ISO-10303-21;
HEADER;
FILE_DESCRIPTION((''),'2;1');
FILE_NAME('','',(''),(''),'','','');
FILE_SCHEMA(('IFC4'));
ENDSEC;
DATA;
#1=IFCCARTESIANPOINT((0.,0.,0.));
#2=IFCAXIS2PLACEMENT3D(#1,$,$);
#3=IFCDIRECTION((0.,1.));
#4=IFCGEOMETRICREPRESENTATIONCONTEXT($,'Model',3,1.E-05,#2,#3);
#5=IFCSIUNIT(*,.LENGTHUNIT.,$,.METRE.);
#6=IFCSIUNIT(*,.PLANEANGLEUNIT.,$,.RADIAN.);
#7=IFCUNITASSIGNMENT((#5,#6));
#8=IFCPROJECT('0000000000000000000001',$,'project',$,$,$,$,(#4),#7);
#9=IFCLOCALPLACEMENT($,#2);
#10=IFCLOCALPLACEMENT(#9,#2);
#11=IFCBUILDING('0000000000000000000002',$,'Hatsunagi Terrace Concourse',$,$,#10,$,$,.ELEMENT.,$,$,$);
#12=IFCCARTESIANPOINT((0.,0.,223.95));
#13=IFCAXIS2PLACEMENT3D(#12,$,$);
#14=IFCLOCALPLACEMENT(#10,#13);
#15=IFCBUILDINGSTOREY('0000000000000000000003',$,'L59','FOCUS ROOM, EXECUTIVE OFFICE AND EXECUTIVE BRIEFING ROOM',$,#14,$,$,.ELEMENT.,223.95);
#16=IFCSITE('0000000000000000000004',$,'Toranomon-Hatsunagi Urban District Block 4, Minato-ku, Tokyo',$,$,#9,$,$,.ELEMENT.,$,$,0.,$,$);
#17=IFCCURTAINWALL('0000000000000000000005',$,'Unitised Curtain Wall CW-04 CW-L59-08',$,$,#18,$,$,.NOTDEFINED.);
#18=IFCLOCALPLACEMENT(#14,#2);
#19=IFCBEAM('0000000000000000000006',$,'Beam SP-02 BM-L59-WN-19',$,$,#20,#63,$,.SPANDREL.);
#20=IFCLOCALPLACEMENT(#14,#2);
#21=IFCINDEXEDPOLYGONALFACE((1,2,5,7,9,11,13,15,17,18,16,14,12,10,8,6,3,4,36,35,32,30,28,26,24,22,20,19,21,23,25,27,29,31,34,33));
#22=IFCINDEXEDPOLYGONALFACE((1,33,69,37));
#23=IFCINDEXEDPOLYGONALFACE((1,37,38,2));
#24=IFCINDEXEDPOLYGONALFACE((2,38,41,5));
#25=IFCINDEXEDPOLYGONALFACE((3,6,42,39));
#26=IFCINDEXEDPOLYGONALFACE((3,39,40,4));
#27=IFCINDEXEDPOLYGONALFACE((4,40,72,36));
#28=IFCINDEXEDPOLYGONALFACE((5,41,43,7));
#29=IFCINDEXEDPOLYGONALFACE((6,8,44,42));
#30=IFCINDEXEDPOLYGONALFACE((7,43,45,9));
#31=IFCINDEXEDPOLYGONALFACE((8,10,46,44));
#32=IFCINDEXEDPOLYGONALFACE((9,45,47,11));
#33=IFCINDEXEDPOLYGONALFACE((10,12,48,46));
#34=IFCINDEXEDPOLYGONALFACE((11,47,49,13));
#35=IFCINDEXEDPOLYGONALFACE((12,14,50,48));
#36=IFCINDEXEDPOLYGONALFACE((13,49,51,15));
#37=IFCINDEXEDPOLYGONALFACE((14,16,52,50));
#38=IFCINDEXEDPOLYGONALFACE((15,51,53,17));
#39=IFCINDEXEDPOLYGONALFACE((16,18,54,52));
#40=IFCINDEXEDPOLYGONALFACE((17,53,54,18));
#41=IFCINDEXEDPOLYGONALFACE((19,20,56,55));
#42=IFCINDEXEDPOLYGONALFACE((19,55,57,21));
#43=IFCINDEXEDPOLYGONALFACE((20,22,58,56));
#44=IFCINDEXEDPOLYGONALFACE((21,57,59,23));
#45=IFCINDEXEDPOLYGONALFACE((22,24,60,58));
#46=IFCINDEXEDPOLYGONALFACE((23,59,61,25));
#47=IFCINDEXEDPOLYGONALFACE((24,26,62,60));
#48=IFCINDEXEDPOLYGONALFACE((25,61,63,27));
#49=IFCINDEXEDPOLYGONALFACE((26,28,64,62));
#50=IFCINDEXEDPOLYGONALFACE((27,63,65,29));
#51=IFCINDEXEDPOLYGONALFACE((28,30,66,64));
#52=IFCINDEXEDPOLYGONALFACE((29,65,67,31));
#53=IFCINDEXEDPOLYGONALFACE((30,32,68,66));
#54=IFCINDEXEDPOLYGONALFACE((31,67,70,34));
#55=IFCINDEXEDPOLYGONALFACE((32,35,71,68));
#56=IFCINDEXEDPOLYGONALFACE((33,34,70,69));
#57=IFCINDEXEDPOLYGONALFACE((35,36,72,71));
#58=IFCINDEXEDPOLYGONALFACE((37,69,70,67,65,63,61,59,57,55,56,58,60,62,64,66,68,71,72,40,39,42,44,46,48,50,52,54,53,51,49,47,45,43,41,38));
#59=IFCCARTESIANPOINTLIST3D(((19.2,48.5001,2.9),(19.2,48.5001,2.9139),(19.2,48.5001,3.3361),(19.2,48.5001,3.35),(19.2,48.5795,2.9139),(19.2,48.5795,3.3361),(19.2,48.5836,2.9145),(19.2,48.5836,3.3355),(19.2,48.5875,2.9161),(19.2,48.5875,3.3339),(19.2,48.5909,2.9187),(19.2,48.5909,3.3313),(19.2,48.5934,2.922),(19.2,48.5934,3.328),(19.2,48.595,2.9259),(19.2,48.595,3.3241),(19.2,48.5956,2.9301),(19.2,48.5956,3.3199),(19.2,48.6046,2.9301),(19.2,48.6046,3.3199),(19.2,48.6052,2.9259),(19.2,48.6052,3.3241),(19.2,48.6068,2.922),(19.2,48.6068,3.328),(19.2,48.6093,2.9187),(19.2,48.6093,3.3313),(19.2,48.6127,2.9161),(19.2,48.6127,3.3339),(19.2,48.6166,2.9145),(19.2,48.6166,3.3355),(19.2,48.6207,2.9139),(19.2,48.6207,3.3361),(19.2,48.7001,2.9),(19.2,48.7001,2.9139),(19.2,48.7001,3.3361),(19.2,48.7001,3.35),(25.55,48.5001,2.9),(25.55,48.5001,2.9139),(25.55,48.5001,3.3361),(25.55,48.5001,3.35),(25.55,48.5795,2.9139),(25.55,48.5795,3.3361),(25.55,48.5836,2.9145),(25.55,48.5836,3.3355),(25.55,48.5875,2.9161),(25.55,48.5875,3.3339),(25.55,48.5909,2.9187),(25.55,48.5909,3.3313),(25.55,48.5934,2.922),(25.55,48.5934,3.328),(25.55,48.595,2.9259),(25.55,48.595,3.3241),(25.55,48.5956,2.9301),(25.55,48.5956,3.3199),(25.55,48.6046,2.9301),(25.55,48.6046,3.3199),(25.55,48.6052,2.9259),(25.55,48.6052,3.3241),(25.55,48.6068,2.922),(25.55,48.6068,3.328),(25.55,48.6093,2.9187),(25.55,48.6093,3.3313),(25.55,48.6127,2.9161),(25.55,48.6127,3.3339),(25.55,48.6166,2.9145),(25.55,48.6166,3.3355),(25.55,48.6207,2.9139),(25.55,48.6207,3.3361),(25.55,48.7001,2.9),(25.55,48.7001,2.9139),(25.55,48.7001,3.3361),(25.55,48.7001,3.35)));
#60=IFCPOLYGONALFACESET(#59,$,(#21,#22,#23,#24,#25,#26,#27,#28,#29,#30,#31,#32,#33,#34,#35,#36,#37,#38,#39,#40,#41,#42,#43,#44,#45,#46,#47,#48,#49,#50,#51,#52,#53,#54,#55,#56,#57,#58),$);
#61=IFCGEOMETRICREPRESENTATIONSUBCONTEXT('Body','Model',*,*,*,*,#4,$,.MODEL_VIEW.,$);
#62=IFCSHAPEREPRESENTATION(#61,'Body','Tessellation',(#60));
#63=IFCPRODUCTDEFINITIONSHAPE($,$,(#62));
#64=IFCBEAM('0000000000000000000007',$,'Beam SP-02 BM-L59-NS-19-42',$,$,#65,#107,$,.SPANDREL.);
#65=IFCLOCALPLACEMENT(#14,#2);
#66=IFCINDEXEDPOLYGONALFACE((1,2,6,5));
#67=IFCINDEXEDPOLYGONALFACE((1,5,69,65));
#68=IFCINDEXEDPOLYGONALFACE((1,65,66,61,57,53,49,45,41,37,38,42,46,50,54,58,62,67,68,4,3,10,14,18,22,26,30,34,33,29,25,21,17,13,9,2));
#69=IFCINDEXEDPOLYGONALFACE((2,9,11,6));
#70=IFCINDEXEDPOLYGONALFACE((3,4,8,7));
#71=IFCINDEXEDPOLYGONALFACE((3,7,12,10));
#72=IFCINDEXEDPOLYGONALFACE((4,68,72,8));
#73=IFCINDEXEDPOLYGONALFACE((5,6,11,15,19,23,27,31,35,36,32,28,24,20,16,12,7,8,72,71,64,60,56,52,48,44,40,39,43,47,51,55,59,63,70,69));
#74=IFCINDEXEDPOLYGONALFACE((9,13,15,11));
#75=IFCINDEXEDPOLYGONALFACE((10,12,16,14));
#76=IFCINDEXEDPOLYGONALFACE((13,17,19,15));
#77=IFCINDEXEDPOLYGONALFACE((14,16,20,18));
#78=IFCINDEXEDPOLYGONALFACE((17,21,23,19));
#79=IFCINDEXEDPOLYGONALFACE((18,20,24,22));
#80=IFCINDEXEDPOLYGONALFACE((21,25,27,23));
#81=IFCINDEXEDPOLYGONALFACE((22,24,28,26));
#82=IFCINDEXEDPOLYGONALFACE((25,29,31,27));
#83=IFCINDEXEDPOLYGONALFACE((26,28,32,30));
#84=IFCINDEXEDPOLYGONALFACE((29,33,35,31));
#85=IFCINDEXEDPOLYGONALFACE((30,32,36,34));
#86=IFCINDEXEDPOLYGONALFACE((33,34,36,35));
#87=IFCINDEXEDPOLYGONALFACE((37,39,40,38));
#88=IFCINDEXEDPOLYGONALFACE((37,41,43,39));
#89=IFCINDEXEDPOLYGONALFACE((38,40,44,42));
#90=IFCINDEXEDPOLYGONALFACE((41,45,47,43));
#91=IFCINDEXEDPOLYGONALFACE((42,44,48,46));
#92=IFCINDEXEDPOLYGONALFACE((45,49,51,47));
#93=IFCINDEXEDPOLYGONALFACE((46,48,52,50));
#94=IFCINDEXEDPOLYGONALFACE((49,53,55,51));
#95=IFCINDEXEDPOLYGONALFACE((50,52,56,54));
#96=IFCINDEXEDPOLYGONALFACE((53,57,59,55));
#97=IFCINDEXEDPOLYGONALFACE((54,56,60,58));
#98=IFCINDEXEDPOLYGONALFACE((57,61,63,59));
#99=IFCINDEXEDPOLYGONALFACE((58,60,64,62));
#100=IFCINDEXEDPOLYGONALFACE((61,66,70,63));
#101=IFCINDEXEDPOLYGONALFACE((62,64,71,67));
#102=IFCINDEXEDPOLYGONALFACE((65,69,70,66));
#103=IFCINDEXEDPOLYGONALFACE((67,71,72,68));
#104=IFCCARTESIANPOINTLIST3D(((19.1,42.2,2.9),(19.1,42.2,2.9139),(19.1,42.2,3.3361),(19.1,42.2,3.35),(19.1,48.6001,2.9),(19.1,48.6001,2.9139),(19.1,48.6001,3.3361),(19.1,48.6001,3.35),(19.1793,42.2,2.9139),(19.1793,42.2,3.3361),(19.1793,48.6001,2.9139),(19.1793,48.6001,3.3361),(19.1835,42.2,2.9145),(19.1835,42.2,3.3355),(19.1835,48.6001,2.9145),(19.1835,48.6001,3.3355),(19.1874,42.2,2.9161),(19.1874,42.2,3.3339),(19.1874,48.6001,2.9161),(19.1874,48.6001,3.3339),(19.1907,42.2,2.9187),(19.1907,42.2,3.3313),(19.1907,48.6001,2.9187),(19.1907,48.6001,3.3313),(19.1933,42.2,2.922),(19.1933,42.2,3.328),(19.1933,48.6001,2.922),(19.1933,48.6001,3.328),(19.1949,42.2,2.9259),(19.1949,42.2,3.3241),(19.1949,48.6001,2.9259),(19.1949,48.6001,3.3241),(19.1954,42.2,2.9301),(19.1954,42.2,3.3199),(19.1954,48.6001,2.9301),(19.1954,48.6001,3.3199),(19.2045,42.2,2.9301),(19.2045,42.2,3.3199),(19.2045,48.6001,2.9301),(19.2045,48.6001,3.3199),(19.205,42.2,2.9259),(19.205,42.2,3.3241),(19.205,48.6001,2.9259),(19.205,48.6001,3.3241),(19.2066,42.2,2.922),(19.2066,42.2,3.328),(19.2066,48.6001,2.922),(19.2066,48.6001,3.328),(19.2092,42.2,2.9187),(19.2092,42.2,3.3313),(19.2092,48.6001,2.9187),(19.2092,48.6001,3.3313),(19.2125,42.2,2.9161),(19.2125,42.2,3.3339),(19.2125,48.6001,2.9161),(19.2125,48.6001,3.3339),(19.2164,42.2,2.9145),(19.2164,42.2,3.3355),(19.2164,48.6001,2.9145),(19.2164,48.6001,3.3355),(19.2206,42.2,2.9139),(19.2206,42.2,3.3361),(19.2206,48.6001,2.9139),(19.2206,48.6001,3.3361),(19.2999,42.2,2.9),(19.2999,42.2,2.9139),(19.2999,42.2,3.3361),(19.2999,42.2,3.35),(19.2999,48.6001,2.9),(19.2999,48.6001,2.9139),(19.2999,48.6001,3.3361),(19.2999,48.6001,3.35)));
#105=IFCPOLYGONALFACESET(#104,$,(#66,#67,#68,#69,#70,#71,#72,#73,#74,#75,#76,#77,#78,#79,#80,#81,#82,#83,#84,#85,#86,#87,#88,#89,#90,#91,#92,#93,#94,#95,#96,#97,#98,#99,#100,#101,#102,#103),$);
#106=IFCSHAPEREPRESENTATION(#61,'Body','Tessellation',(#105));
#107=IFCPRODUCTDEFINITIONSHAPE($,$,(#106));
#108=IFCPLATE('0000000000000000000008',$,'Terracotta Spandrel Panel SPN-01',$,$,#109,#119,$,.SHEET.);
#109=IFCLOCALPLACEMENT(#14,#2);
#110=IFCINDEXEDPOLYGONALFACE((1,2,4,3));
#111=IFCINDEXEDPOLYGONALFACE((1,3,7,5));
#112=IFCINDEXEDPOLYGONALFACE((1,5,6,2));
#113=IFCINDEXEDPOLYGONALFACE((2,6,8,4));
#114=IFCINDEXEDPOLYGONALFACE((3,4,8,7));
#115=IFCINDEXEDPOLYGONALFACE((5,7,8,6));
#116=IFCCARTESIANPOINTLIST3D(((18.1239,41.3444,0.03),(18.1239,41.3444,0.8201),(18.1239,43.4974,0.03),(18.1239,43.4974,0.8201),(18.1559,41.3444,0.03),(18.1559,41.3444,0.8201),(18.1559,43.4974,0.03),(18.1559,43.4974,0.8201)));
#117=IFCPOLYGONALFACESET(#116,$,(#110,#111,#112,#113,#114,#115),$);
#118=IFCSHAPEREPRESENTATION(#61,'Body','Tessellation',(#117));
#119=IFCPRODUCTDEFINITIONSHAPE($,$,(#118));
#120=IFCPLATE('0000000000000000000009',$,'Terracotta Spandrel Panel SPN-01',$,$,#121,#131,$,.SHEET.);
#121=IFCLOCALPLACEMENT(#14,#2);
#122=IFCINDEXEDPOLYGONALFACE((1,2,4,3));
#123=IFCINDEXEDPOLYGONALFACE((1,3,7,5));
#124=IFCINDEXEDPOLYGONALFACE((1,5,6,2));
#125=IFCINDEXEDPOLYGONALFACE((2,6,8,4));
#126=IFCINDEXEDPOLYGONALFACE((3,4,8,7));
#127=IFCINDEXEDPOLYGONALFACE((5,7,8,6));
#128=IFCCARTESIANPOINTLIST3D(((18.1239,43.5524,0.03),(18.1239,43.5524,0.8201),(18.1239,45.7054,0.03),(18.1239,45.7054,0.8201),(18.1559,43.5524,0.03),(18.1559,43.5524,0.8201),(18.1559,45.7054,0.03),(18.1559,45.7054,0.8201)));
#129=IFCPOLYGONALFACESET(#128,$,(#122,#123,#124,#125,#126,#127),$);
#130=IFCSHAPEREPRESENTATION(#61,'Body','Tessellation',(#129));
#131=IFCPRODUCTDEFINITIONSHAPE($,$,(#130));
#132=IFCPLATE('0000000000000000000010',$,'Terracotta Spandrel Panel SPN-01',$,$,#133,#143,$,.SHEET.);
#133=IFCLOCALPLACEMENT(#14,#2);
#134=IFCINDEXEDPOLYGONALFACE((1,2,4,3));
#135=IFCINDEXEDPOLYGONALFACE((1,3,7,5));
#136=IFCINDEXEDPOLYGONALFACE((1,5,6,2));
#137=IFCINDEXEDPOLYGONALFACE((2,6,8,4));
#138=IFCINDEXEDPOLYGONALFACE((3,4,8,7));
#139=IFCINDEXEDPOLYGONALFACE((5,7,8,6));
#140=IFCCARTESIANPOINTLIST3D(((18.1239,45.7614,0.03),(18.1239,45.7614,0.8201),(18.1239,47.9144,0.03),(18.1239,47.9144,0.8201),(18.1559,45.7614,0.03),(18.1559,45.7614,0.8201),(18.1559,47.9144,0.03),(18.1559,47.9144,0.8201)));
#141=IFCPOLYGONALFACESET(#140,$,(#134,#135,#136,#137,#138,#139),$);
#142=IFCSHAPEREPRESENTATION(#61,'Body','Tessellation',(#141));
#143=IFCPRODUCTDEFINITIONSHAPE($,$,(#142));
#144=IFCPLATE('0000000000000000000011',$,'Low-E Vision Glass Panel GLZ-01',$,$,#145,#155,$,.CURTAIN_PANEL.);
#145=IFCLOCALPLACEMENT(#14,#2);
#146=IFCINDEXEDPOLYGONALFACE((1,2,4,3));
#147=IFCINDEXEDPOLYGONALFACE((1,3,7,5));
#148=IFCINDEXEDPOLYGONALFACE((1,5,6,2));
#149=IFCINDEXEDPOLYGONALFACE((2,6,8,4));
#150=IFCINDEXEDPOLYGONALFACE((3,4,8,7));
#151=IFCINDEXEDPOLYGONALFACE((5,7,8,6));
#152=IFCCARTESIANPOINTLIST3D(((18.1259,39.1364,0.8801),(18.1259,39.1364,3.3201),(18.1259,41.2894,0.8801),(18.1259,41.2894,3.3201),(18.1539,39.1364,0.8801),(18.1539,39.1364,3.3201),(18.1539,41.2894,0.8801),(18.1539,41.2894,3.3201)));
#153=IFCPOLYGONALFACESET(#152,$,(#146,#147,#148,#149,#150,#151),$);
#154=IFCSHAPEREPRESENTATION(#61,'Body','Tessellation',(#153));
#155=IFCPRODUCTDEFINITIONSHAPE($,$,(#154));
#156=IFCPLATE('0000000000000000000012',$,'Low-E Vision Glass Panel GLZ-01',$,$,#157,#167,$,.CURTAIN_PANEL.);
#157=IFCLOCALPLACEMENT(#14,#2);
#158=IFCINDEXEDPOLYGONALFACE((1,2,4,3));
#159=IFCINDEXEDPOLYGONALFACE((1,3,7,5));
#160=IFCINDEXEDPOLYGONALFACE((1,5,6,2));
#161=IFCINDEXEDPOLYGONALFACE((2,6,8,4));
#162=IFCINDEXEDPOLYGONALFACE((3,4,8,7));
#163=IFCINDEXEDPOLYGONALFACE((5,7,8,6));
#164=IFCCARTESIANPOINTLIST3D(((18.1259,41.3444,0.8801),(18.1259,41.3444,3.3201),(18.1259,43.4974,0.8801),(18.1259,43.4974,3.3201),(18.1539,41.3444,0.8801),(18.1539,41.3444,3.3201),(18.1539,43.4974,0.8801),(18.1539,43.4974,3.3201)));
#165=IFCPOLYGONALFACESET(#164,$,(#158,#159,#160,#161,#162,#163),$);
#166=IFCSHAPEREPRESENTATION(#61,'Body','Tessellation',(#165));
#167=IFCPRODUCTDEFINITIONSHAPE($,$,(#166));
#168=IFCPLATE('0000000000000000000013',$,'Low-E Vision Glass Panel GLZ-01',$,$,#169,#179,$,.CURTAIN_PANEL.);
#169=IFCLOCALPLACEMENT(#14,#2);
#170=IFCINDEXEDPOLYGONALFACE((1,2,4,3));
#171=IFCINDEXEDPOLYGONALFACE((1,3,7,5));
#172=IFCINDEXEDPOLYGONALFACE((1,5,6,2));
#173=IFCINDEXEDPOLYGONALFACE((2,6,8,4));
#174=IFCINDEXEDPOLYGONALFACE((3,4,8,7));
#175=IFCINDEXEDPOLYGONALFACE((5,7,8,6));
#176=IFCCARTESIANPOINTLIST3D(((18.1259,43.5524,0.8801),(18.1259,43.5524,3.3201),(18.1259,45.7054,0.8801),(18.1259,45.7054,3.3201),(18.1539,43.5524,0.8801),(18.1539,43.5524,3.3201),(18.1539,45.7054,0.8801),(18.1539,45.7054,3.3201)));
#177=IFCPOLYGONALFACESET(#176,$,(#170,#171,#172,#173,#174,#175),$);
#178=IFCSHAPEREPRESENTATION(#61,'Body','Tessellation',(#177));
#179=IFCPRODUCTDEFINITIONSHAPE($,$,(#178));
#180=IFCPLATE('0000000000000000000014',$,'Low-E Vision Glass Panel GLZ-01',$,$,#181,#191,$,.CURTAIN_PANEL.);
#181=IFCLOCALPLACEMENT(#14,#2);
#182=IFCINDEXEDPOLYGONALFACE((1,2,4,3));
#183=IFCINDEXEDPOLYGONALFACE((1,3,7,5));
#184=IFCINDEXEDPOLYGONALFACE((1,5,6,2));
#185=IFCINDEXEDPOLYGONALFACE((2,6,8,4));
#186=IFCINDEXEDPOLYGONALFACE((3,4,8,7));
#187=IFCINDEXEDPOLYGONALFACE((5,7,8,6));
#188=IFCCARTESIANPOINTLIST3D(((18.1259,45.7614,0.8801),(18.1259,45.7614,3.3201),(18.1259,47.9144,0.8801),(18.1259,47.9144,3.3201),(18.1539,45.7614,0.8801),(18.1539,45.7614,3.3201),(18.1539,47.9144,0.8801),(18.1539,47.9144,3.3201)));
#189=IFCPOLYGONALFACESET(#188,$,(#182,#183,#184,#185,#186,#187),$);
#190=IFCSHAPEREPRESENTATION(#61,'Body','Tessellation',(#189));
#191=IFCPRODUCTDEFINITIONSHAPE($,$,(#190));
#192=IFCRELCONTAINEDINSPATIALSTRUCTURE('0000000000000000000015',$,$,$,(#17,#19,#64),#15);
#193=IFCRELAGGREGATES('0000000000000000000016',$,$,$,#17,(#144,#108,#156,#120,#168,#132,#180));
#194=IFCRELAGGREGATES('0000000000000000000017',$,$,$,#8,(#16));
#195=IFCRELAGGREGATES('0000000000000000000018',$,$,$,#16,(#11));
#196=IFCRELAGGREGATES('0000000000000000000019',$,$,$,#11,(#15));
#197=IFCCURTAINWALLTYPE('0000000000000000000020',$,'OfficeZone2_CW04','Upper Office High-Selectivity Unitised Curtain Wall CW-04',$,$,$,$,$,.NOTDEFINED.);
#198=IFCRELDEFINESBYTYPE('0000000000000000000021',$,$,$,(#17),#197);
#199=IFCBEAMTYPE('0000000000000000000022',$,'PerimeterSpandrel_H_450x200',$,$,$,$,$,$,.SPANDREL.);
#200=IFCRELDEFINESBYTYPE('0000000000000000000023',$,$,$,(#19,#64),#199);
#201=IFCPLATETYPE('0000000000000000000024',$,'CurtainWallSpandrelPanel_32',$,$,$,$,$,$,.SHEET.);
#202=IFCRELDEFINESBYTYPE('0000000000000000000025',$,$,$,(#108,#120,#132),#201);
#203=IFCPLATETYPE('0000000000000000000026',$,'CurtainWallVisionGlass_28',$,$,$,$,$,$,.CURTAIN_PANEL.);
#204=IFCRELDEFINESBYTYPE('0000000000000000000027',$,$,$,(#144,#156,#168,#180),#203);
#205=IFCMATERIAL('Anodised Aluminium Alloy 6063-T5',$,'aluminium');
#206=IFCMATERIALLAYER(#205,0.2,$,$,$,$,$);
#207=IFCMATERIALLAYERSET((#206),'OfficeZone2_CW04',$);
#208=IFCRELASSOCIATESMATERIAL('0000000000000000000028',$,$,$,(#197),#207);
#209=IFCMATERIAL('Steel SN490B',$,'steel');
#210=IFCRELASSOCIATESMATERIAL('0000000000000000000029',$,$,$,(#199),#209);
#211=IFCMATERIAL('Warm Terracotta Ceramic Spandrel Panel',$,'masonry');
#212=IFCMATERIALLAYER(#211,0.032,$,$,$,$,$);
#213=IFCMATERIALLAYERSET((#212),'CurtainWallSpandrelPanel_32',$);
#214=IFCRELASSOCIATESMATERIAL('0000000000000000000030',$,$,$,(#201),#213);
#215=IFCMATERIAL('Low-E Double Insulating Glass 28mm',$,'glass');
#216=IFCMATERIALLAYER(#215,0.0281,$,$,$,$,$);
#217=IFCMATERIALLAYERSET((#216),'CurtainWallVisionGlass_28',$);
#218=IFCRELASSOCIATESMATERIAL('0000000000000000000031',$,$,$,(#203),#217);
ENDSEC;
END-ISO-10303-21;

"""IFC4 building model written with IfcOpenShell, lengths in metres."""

from ifc_helpers import new_model, si_unit, direction, frame, origin, origin_2d, place, context, subcontext, project, spatial, rectangle, i_section, extrude, material, layer, layer_set, material_profile, profile_set, type_object, element, aggregate, save


model = new_model("IFC4")

# Units and contexts
model_context = context("Model", 3, precision=1e-05, world=origin(), true_north=direction((0.0, 1.0)))
body_context = subcontext(model_context, "Body", "Model", "MODEL_VIEW")
ifc_project = project(units=[si_unit("LENGTHUNIT", "METRE"), si_unit("PLANEANGLEUNIT", "RADIAN")], contexts=[model_context])

# Site, building, storey
site_placement = place(None, origin())
site = spatial("IfcSite", under=ifc_project, at=site_placement, Name="Toranomon-Hatsunagi Urban District Block 4, Minato-ku, Tokyo", CompositionType="ELEMENT", RefElevation=0.0)
building_placement = place(site_placement, origin())
building = spatial("IfcBuilding", under=site, at=building_placement, Name="Hatsunagi Terrace Concourse", CompositionType="ELEMENT")
storey_placement = place(building_placement, frame((0.0, 0.0, 223.95)))
storey = spatial("IfcBuildingStorey", under=building, at=storey_placement, Name="L59", Description="FOCUS ROOM, EXECUTIVE OFFICE AND EXECUTIVE BRIEFING ROOM", CompositionType="ELEMENT", Elevation=223.95)

# Curtain wall
ifc_material_1 = material(Name="Anodised Aluminium Alloy 6063-T5", Category="aluminium")
ifc_layer_1 = layer(ifc_material_1, 0.2)
ifc_layer_set_1 = layer_set([ifc_layer_1], Name="OfficeZone2_CW04")
curtain_wall_type = type_object("IfcCurtainWallType", Name="OfficeZone2_CW04", Description="Upper Office High-Selectivity Unitised Curtain Wall CW-04", PredefinedType="NOTDEFINED", material=ifc_layer_set_1)
curtain_wall_placement = place(storey_placement, origin())
curtain_wall = element("IfcCurtainWall", 1, at=curtain_wall_placement, inside=storey, type_object=curtain_wall_type, Name="Unitised Curtain Wall CW-04 CW-L59-08", PredefinedType="NOTDEFINED")

# Beams
ifc_material_2 = material(Name="Steel SN490B", Category="steel")
ifc_material_profile_1 = material_profile(ifc_material_2, i_section(OverallWidth=0.2, OverallDepth=0.45, WebThickness=0.009, FlangeThickness=0.0139, FilletRadius=0.0161, at=origin_2d()), Name="H-450x200x9x14")
ifc_profile_set_1 = profile_set([ifc_material_profile_1], Name="Steel SN490B")
beam_type_1 = type_object("IfcBeamType", Name="PerimeterSpandrel_H_450x200", PredefinedType="SPANDREL", material=ifc_profile_set_1)
beam_1_placement = place(storey_placement, frame((19.2, 48.6001, 3.125), z_axis=(1.0, 0.0, 0.0), x_axis=(0.0, 1.0, 0.0)))
element("IfcBeam", 2, at=beam_1_placement, inside=storey, type_object=beam_type_1, Name="Beam SP-02 BM-L59-WN-19", PredefinedType="SPANDREL", context=body_context, shape_type="SweptSolid", body=[
    extrude(i_section(OverallWidth=0.2, OverallDepth=0.45, WebThickness=0.009, FlangeThickness=0.0139, FilletRadius=0.0161, at=origin_2d()), origin(), (0.0, 0.0, 1.0), 6.3501),
])
beam_2_placement = place(storey_placement, frame((19.2, 42.2, 3.125), z_axis=(0.0, 1.0, 0.0), x_axis=(-1.0, 0.0, 0.0)))
element("IfcBeam", 3, at=beam_2_placement, inside=storey, type_object=beam_type_1, Name="Beam SP-02 BM-L59-NS-19-42", PredefinedType="SPANDREL", context=body_context, shape_type="SweptSolid", body=[
    extrude(i_section(OverallWidth=0.2, OverallDepth=0.45, WebThickness=0.009, FlangeThickness=0.0139, FilletRadius=0.0161, at=origin_2d()), origin(), (0.0, 0.0, 1.0), 6.4001),
])

# Plates
ifc_material_3 = material(Name="Warm Terracotta Ceramic Spandrel Panel", Category="masonry")
ifc_layer_2 = layer(ifc_material_3, 0.032)
ifc_layer_set_2 = layer_set([ifc_layer_2], Name="CurtainWallSpandrelPanel_32")
plate_type_1 = type_object("IfcPlateType", Name="CurtainWallSpandrelPanel_32", PredefinedType="SHEET", material=ifc_layer_set_2)
plate_1_placement = place(storey_placement, frame((18.1399, 42.4209, 0.03), z_axis=(0.0, 0.0, 1.0), x_axis=(0.0, 1.0, 0.0)))
plate_1 = element("IfcPlate", 4, at=plate_1_placement, type_object=plate_type_1, Name="Terracotta Spandrel Panel SPN-01", PredefinedType="SHEET", context=body_context, shape_type="SweptSolid", body=[
    extrude(rectangle(XDim=2.1531, YDim=0.032, at=origin_2d()), origin(), (0.0, 0.0, 1.0), 0.79),
])
plate_2_placement = place(storey_placement, frame((18.1399, 44.6289, 0.03), z_axis=(0.0, 0.0, 1.0), x_axis=(0.0, 1.0, 0.0)))
plate_2 = element("IfcPlate", 5, at=plate_2_placement, type_object=plate_type_1, Name="Terracotta Spandrel Panel SPN-01", PredefinedType="SHEET", context=body_context, shape_type="SweptSolid", body=[
    extrude(rectangle(XDim=2.1531, YDim=0.032, at=origin_2d()), origin(), (0.0, 0.0, 1.0), 0.79),
])
plate_3_placement = place(storey_placement, frame((18.1399, 46.8379, 0.03), z_axis=(0.0, 0.0, 1.0), x_axis=(0.0, 1.0, 0.0)))
plate_3 = element("IfcPlate", 6, at=plate_3_placement, type_object=plate_type_1, Name="Terracotta Spandrel Panel SPN-01", PredefinedType="SHEET", context=body_context, shape_type="SweptSolid", body=[
    extrude(rectangle(XDim=2.1531, YDim=0.032, at=origin_2d()), origin(), (0.0, 0.0, 1.0), 0.79),
])
ifc_material_4 = material(Name="Low-E Double Insulating Glass 28mm", Category="glass")
ifc_layer_3 = layer(ifc_material_4, 0.0281)
ifc_layer_set_3 = layer_set([ifc_layer_3], Name="CurtainWallVisionGlass_28")
plate_type_2 = type_object("IfcPlateType", Name="CurtainWallVisionGlass_28", PredefinedType="CURTAIN_PANEL", material=ifc_layer_set_3)
plate_4_placement = place(storey_placement, frame((18.1399, 40.2129, 0.8801), z_axis=(0.0, 0.0, 1.0), x_axis=(0.0, 1.0, 0.0)))
plate_4 = element("IfcPlate", 7, at=plate_4_placement, type_object=plate_type_2, Name="Low-E Vision Glass Panel GLZ-01", PredefinedType="CURTAIN_PANEL", context=body_context, shape_type="SweptSolid", body=[
    extrude(rectangle(XDim=2.1531, YDim=0.0281, at=origin_2d()), origin(), (0.0, 0.0, 1.0), 2.4399),
])
plate_5_placement = place(storey_placement, frame((18.1399, 42.4209, 0.8801), z_axis=(0.0, 0.0, 1.0), x_axis=(0.0, 1.0, 0.0)))
plate_5 = element("IfcPlate", 8, at=plate_5_placement, type_object=plate_type_2, Name="Low-E Vision Glass Panel GLZ-01", PredefinedType="CURTAIN_PANEL", context=body_context, shape_type="SweptSolid", body=[
    extrude(rectangle(XDim=2.1531, YDim=0.0281, at=origin_2d()), origin(), (0.0, 0.0, 1.0), 2.4399),
])
plate_6_placement = place(storey_placement, frame((18.1399, 44.6289, 0.8801), z_axis=(0.0, 0.0, 1.0), x_axis=(0.0, 1.0, 0.0)))
plate_6 = element("IfcPlate", 9, at=plate_6_placement, type_object=plate_type_2, Name="Low-E Vision Glass Panel GLZ-01", PredefinedType="CURTAIN_PANEL", context=body_context, shape_type="SweptSolid", body=[
    extrude(rectangle(XDim=2.1531, YDim=0.0281, at=origin_2d()), origin(), (0.0, 0.0, 1.0), 2.4399),
])
plate_7_placement = place(storey_placement, frame((18.1399, 46.8379, 0.8801), z_axis=(0.0, 0.0, 1.0), x_axis=(0.0, 1.0, 0.0)))
plate_7 = element("IfcPlate", 10, at=plate_7_placement, type_object=plate_type_2, Name="Low-E Vision Glass Panel GLZ-01", PredefinedType="CURTAIN_PANEL", context=body_context, shape_type="SweptSolid", body=[
    extrude(rectangle(XDim=2.1531, YDim=0.0281, at=origin_2d()), origin(), (0.0, 0.0, 1.0), 2.4399),
])
aggregate(curtain_wall, [plate_4, plate_1, plate_5, plate_2, plate_6, plate_3, plate_7])

save(model, "model.ifc")
